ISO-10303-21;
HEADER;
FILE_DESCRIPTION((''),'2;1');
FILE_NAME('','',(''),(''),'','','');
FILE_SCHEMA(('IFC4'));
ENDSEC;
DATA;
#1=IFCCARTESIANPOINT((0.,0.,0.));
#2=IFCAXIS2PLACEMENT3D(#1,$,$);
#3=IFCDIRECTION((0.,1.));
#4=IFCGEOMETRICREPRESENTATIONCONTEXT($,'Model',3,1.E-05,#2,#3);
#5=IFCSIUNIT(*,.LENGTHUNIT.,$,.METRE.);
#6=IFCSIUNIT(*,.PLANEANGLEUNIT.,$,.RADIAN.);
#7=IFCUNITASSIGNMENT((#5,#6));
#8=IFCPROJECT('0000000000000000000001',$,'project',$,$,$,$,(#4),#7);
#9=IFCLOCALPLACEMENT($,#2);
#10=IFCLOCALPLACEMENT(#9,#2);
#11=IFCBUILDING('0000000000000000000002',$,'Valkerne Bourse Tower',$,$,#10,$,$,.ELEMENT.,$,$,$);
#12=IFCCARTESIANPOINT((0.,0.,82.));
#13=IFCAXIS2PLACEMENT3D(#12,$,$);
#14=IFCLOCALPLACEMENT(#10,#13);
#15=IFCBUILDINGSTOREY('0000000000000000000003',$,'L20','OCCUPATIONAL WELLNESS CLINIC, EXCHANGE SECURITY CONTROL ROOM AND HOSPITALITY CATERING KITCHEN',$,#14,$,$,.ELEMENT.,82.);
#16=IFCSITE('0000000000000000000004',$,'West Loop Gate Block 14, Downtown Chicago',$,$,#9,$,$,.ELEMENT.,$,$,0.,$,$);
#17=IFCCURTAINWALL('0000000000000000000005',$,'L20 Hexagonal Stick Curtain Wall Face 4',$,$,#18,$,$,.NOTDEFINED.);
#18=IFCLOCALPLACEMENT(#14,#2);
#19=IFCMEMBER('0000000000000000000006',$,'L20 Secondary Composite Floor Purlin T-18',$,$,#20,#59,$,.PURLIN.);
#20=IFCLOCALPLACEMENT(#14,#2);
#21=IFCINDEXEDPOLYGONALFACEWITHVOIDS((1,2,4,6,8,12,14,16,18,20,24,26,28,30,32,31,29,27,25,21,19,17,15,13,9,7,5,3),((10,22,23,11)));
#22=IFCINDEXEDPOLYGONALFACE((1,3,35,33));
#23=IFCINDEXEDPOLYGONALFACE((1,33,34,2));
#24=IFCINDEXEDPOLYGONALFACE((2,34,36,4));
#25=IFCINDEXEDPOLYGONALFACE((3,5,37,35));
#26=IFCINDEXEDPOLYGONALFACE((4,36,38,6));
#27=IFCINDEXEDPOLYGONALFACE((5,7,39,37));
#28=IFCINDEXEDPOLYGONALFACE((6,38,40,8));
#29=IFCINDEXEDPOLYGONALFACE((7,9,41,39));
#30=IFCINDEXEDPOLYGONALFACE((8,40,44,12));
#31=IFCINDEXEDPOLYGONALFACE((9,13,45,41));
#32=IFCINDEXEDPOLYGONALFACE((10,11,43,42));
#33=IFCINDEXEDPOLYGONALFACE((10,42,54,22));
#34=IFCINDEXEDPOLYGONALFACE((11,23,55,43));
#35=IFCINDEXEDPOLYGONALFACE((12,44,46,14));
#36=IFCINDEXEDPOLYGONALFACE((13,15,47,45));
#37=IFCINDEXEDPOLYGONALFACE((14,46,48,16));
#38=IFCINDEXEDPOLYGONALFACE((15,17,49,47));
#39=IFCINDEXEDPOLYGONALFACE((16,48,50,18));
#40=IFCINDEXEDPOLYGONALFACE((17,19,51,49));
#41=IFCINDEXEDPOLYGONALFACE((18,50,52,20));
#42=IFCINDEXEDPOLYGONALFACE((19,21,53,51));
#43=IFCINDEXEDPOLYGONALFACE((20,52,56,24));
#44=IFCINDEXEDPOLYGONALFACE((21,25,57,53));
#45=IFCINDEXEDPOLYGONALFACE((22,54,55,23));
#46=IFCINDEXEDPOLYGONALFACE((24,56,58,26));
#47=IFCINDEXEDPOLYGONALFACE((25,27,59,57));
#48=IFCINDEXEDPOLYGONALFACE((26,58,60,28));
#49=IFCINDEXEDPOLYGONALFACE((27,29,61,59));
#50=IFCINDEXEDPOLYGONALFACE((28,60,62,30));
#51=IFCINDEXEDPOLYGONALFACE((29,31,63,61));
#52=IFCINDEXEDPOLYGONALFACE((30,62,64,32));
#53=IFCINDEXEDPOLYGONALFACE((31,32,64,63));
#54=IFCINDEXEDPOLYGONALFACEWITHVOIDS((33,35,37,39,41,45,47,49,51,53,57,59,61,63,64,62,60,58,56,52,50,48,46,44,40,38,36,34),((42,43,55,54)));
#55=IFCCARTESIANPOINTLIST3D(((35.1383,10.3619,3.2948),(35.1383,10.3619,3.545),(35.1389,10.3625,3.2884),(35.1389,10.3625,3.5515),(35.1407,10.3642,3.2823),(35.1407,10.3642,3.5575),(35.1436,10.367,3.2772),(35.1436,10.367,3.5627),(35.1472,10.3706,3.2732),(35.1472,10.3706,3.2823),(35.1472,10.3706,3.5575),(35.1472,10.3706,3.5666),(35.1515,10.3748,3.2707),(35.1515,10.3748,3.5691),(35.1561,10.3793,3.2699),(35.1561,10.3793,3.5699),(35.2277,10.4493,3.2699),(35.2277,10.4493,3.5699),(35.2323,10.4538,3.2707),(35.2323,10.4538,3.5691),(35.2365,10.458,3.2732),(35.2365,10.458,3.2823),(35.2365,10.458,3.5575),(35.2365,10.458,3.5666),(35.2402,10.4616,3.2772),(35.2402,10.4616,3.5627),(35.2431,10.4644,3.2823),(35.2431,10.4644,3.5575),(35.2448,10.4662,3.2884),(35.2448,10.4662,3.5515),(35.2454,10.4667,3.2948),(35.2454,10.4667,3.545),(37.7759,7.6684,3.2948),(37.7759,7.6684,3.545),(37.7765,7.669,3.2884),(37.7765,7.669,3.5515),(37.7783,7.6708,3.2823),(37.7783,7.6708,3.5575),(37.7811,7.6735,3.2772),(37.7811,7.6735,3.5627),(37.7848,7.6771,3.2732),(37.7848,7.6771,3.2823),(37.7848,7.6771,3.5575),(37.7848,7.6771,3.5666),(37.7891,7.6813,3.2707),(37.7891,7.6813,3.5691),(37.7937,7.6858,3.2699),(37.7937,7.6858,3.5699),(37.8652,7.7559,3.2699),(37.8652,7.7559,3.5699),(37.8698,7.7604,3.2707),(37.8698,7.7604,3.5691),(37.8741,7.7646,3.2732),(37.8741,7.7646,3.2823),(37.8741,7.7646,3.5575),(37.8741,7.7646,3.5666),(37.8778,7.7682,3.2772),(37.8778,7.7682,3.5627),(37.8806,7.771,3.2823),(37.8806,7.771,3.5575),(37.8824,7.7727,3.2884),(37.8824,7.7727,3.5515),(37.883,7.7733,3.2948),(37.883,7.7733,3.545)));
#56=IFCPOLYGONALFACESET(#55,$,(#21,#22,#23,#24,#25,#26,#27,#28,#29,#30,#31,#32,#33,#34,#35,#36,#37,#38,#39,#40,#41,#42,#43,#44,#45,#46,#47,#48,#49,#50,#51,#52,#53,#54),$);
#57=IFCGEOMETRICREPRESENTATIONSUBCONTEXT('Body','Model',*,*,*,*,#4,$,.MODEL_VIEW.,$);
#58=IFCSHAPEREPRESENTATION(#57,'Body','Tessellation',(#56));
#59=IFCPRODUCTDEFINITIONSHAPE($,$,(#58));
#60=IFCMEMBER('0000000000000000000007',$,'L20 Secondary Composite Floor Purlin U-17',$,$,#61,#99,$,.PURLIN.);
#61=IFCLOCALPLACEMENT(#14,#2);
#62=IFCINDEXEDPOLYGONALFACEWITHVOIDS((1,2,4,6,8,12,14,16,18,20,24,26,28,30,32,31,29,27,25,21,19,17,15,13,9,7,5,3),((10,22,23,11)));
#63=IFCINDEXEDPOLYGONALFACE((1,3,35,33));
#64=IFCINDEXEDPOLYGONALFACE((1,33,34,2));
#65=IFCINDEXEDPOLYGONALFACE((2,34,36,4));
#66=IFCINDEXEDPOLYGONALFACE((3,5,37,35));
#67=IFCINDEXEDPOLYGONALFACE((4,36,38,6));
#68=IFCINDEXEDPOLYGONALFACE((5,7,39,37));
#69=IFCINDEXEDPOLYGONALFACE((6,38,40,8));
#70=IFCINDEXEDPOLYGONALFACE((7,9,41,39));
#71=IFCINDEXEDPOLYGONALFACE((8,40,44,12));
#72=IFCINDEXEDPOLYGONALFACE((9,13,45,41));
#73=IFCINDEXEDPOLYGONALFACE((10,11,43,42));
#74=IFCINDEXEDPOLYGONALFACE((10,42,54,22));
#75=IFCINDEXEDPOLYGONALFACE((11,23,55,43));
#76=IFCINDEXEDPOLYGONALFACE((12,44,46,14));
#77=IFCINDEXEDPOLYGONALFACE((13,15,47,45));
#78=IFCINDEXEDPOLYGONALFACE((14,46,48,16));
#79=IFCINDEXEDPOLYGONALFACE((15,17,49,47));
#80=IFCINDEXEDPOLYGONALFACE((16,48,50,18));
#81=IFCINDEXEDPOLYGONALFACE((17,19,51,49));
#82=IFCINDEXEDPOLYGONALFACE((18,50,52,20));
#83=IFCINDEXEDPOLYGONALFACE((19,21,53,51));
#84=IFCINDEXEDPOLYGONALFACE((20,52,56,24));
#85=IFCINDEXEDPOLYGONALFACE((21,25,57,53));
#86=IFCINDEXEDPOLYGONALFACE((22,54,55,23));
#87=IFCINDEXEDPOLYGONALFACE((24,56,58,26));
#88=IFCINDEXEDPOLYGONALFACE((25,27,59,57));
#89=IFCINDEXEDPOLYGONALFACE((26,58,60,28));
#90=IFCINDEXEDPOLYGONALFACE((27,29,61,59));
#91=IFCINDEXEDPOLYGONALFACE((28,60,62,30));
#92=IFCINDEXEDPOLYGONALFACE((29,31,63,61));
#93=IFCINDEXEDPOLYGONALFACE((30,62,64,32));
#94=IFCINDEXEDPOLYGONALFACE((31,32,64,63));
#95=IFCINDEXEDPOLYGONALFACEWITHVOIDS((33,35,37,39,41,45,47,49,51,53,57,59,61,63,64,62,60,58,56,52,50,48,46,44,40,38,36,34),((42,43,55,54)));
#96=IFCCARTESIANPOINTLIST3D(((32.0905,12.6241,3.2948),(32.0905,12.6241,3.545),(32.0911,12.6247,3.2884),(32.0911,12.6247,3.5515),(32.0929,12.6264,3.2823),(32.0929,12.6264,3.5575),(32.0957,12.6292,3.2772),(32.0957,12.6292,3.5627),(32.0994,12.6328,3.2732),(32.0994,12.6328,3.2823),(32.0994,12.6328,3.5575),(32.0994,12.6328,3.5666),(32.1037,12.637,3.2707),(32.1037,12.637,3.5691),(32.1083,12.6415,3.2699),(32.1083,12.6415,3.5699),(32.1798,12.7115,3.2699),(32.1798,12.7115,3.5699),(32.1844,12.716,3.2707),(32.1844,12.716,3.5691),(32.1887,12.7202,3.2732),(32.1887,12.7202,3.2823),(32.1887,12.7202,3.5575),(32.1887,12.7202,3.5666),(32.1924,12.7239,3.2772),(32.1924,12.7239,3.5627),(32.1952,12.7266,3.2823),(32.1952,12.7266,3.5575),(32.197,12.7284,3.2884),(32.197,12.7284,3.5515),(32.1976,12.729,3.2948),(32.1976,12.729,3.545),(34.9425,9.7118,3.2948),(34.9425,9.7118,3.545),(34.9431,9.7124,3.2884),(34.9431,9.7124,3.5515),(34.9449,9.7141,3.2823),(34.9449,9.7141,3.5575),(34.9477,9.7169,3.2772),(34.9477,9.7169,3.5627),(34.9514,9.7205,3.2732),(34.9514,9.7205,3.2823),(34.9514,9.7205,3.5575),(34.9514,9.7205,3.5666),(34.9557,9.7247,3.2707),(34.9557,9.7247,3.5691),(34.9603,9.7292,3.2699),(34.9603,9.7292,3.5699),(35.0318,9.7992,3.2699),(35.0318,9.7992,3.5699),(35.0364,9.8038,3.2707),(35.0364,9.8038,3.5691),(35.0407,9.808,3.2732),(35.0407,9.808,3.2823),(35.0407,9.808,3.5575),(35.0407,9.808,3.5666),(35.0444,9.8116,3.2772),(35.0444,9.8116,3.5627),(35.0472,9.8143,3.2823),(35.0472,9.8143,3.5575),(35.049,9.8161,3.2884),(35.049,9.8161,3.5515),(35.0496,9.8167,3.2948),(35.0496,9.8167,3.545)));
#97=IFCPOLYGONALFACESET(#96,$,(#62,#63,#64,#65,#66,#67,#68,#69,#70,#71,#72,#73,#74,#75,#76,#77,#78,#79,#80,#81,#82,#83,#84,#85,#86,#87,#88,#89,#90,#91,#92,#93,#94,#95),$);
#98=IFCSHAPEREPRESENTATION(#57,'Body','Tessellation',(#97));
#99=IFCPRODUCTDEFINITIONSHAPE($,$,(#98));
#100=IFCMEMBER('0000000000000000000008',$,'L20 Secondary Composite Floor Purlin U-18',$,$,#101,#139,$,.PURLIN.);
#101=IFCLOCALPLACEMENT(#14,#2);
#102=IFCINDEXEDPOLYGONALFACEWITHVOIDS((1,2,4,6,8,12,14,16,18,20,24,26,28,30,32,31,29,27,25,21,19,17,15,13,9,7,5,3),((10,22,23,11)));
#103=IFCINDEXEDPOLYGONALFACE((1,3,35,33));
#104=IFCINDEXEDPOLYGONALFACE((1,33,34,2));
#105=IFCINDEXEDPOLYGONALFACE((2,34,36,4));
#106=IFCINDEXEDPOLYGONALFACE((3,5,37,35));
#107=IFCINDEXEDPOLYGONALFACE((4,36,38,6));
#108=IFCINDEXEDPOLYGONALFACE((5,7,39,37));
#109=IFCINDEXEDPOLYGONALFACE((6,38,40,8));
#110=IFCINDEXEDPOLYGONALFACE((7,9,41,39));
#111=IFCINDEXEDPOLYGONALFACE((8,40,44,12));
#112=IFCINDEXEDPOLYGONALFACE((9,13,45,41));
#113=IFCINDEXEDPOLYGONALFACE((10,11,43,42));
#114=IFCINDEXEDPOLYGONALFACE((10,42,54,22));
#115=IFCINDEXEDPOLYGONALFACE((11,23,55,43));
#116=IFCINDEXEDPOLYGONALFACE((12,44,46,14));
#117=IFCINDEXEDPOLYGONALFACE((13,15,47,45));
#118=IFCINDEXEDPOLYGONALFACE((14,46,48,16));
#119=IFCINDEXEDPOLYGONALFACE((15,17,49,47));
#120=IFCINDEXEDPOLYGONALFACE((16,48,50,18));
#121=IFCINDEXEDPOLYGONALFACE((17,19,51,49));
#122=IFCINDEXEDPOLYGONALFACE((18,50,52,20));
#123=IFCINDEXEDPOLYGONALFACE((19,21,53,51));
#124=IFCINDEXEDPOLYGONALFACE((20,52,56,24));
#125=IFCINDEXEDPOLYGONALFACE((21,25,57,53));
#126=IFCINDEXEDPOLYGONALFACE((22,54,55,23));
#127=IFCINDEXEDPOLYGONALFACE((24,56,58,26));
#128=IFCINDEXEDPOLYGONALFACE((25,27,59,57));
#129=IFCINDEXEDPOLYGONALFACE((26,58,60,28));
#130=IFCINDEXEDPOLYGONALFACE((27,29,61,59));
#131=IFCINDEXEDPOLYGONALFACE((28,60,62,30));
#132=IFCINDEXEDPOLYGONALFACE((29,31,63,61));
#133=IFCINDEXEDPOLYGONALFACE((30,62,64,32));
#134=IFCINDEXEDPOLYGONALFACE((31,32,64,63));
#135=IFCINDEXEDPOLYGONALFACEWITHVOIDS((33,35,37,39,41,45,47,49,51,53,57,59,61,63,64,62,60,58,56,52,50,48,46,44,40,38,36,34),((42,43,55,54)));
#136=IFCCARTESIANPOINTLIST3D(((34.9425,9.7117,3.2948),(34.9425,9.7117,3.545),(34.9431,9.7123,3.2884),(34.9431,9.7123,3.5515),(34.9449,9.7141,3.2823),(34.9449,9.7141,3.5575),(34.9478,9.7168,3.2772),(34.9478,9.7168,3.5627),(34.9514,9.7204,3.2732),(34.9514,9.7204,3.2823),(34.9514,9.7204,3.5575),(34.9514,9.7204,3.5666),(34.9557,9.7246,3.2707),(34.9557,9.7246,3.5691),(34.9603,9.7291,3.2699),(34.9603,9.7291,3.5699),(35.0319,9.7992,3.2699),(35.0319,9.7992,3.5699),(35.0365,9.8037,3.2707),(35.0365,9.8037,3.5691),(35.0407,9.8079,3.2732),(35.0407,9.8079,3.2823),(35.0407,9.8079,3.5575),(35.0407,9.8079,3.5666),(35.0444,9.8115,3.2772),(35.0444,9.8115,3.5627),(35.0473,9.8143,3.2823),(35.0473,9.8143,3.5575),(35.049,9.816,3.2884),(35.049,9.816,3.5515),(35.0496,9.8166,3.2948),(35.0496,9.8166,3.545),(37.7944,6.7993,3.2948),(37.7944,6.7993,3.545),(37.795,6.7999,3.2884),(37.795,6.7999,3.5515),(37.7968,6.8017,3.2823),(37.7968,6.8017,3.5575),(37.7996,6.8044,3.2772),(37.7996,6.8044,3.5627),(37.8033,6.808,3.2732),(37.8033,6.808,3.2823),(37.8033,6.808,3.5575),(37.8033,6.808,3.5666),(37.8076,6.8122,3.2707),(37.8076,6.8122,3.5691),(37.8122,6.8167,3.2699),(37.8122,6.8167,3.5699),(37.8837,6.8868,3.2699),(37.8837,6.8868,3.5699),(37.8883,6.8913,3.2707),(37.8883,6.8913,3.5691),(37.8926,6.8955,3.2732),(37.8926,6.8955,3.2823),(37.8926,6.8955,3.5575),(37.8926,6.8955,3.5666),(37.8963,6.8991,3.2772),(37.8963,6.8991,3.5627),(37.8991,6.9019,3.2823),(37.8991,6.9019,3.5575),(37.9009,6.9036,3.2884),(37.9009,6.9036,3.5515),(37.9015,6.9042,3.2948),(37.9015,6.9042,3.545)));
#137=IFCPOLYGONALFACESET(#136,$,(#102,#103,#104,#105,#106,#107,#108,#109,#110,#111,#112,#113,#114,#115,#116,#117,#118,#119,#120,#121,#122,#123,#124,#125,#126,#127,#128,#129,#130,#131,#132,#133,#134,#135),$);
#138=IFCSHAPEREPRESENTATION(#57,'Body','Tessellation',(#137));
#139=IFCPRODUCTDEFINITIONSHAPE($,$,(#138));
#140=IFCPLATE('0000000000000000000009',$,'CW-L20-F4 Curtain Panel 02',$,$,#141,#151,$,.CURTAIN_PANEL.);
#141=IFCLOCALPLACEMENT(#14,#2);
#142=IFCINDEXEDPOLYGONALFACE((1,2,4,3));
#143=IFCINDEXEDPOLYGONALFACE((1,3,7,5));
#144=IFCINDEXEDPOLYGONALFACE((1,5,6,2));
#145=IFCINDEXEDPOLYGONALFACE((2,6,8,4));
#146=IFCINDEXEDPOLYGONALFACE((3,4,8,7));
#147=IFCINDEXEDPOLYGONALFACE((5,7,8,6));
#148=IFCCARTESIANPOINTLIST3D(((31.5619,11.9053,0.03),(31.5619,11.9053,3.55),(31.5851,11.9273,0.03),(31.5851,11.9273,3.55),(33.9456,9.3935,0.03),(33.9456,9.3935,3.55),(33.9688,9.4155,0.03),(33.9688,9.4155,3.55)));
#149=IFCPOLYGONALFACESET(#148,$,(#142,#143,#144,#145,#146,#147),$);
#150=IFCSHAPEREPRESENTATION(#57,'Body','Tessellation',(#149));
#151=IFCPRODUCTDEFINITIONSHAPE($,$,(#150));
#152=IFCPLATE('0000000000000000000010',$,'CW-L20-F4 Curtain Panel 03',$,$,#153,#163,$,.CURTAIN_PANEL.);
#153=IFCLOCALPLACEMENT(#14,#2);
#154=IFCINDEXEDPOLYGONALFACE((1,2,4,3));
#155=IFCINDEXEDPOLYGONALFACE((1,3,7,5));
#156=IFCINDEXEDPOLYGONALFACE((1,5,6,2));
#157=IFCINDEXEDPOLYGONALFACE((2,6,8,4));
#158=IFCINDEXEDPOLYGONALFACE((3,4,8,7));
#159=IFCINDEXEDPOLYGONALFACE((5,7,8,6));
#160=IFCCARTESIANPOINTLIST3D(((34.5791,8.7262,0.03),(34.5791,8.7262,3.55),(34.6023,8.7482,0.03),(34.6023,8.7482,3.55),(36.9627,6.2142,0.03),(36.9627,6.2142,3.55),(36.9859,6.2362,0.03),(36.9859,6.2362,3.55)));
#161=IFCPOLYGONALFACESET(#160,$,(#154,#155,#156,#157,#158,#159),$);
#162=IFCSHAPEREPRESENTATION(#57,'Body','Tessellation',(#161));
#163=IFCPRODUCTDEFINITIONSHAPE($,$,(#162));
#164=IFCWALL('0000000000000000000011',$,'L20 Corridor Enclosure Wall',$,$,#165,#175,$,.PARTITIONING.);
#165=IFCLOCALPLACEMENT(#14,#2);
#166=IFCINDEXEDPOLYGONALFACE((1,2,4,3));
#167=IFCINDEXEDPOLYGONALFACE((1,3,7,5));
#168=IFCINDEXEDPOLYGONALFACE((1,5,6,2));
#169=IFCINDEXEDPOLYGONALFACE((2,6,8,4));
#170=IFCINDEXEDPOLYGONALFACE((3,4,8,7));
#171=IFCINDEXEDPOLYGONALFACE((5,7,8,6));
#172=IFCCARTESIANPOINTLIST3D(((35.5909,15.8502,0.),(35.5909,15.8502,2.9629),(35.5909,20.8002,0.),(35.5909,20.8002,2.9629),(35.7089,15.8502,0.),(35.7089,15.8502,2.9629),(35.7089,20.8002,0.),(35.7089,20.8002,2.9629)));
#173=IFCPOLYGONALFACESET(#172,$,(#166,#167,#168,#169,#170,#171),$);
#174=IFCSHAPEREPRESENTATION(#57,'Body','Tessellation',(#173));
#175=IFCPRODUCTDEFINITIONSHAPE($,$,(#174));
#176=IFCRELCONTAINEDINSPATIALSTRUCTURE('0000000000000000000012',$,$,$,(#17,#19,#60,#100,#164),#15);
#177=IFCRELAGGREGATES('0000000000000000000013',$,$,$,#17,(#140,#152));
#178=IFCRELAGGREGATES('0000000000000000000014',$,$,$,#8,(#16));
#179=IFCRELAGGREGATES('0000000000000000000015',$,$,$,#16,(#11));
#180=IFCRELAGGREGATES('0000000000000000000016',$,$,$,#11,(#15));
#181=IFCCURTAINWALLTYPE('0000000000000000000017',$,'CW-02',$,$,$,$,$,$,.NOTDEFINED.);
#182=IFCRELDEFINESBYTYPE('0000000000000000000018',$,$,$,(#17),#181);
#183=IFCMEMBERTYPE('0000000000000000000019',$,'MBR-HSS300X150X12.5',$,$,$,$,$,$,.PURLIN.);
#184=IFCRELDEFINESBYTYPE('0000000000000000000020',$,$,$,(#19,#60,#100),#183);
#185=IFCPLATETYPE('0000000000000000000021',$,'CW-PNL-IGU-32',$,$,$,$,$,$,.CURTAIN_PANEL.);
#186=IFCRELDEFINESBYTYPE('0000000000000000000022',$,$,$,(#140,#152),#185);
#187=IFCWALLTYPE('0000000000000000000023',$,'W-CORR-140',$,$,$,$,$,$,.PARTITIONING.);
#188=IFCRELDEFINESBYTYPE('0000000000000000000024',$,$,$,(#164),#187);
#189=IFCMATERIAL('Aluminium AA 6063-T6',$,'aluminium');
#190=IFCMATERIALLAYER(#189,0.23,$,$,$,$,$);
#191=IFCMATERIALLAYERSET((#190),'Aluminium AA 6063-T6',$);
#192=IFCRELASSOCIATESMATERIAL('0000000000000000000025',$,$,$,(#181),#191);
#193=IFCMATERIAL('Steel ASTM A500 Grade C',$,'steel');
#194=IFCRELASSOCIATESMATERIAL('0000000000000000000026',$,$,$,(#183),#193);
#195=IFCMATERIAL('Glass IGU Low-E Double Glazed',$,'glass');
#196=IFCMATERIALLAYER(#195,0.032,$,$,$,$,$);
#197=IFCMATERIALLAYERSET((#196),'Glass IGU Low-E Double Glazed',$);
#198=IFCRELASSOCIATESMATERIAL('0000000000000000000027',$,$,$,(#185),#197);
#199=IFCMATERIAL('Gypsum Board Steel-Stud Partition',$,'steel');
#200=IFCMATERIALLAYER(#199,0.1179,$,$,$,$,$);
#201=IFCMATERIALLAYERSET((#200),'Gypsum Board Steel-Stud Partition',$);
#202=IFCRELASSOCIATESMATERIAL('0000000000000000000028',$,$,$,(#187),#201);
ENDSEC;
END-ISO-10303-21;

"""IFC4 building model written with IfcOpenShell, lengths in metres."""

from ifc_helpers import new_model, si_unit, direction, frame, frame_2d, origin, origin_2d, place, context, subcontext, project, spatial, rectangle, hollow_rectangle, extrude, material, layer, layer_set, material_profile, profile_set, type_object, element, aggregate, save


model = new_model("IFC4")

# Units and contexts
model_context = context("Model", 3, precision=1e-05, world=origin(), true_north=direction((0.0, 1.0)))
body_context = subcontext(model_context, "Body", "Model", "MODEL_VIEW")
ifc_project = project(units=[si_unit("LENGTHUNIT", "METRE"), si_unit("PLANEANGLEUNIT", "RADIAN")], contexts=[model_context])

# Site, building, storey
site_placement = place(None, origin())
site = spatial("IfcSite", under=ifc_project, at=site_placement, Name="West Loop Gate Block 14, Downtown Chicago", CompositionType="ELEMENT", RefElevation=0.0)
building_placement = place(site_placement, origin())
building = spatial("IfcBuilding", under=site, at=building_placement, Name="Valkerne Bourse Tower", CompositionType="ELEMENT")
storey_placement = place(building_placement, frame((0.0, 0.0, 82.0)))
storey = spatial("IfcBuildingStorey", under=building, at=storey_placement, Name="L20", Description="OCCUPATIONAL WELLNESS CLINIC, EXCHANGE SECURITY CONTROL ROOM AND HOSPITALITY CATERING KITCHEN", CompositionType="ELEMENT", Elevation=82.0)

# Curtain wall
ifc_material_1 = material(Name="Aluminium AA 6063-T6", Category="aluminium")
ifc_layer_1 = layer(ifc_material_1, 0.23)
ifc_layer_set_1 = layer_set([ifc_layer_1], Name="Aluminium AA 6063-T6")
curtain_wall_type = type_object("IfcCurtainWallType", Name="CW-02", PredefinedType="NOTDEFINED", material=ifc_layer_set_1)
curtain_wall_placement = place(storey_placement, origin())
curtain_wall = element("IfcCurtainWall", 1, at=curtain_wall_placement, inside=storey, type_object=curtain_wall_type, Name="L20 Hexagonal Stick Curtain Wall Face 4", PredefinedType="NOTDEFINED")

# Members
ifc_material_2 = material(Name="Steel ASTM A500 Grade C", Category="steel")
ifc_material_profile_1 = material_profile(ifc_material_2, hollow_rectangle(XDim=0.1499, YDim=0.3, WallThickness=0.0125, OuterFilletRadius=0.0249, at=origin_2d()), Name="HSS300X150X12.5")
ifc_profile_set_1 = profile_set([ifc_material_profile_1], Name="Steel ASTM A500 Grade C")
member_type_1 = type_object("IfcMemberType", Name="MBR-HSS300X150X12.5", PredefinedType="PURLIN", material=ifc_profile_set_1)
member_1_placement = place(storey_placement, frame((35.1919, 10.4143, 3.4199), z_axis=(0.699652, -0.714483, 0.0), x_axis=(0.714483, 0.699652, 0.0)))
element("IfcMember", 2, at=member_1_placement, inside=storey, type_object=member_type_1, Name="L20 Secondary Composite Floor Purlin T-18", PredefinedType="PURLIN", context=body_context, shape_type="SweptSolid", body=[
    extrude(hollow_rectangle(XDim=0.1499, YDim=0.3, WallThickness=0.0125, OuterFilletRadius=0.0249, at=origin_2d()), origin(), (0.0, 0.0, 1.0), 3.7698),
])
for number, where, z_axis, x_axis, name in (
    (3, (32.144, 12.6765, 3.4199), (0.699671, -0.714465, 0.0), (0.714465, 0.699671, 0.0), "L20 Secondary Composite Floor Purlin U-17"),
    (4, (34.9961, 9.7642, 3.4199), (0.699641, -0.714495, 0.0), (0.714495, 0.699641, 0.0), "L20 Secondary Composite Floor Purlin U-18"),
):
    element("IfcMember", number, at=place(storey_placement, frame(where, z_axis=z_axis, x_axis=x_axis)), inside=storey, type_object=member_type_1, Name=name, PredefinedType="PURLIN", context=body_context, shape_type="SweptSolid", body=[
        extrude(hollow_rectangle(XDim=0.1499, YDim=0.3, WallThickness=0.0125, OuterFilletRadius=0.0249, at=origin_2d()), origin(), (0.0, 0.0, 1.0), 4.0762),
    ])

# Plates
ifc_material_3 = material(Name="Glass IGU Low-E Double Glazed", Category="glass")
ifc_layer_2 = layer(ifc_material_3, 0.032)
ifc_layer_set_2 = layer_set([ifc_layer_2], Name="Glass IGU Low-E Double Glazed")
plate_type = type_object("IfcPlateType", Name="CW-PNL-IGU-32", PredefinedType="CURTAIN_PANEL", material=ifc_layer_set_2)
plate_1_placement = place(storey_placement, frame((32.7654, 10.6604, 0.03), z_axis=(0.0, 0.0, 1.0), x_axis=(0.688361, -0.725368, 0.0)))
plate_1 = element("IfcPlate", 5, at=plate_1_placement, type_object=plate_type, Name="CW-L20-F4 Curtain Panel 02", PredefinedType="CURTAIN_PANEL", context=body_context, shape_type="SweptSolid", body=[
    extrude(rectangle(XDim=3.4629, YDim=0.032, at=origin_2d()), origin(), (0.0, 0.0, 1.0), 3.52),
])
plate_2_placement = place(storey_placement, frame((35.7825, 7.4812, 0.03), z_axis=(0.0, 0.0, 1.0), x_axis=(0.688338, -0.72539, 0.0)))
plate_2 = element("IfcPlate", 6, at=plate_2_placement, type_object=plate_type, Name="CW-L20-F4 Curtain Panel 03", PredefinedType="CURTAIN_PANEL", context=body_context, shape_type="SweptSolid", body=[
    extrude(rectangle(XDim=3.4629, YDim=0.032, at=origin_2d()), origin(), (0.0, 0.0, 1.0), 3.52),
])
aggregate(curtain_wall, [plate_1, plate_2])

# Wall
ifc_material_4 = material(Name="Gypsum Board Steel-Stud Partition", Category="steel")
ifc_layer_3 = layer(ifc_material_4, 0.1179)
ifc_layer_set_3 = layer_set([ifc_layer_3], Name="Gypsum Board Steel-Stud Partition")
wall_type_1 = type_object("IfcWallType", Name="W-CORR-140", PredefinedType="PARTITIONING", material=ifc_layer_set_3)
wall_1_placement = place(storey_placement, frame((35.6499, 15.8501, 0.0), z_axis=(0.0, 0.0, 1.0), x_axis=(0.0, 1.0, 0.0)))
element("IfcWall", 7, at=wall_1_placement, inside=storey, type_object=wall_type_1, Name="L20 Corridor Enclosure Wall", PredefinedType="PARTITIONING", context=body_context, shape_type="SweptSolid", body=[
    extrude(rectangle(XDim=4.95, YDim=0.1179, at=frame_2d((2.4751, 0.0))), origin(), (0.0, 0.0, 1.0), 2.9629),
])

save(model, "model.ifc")
